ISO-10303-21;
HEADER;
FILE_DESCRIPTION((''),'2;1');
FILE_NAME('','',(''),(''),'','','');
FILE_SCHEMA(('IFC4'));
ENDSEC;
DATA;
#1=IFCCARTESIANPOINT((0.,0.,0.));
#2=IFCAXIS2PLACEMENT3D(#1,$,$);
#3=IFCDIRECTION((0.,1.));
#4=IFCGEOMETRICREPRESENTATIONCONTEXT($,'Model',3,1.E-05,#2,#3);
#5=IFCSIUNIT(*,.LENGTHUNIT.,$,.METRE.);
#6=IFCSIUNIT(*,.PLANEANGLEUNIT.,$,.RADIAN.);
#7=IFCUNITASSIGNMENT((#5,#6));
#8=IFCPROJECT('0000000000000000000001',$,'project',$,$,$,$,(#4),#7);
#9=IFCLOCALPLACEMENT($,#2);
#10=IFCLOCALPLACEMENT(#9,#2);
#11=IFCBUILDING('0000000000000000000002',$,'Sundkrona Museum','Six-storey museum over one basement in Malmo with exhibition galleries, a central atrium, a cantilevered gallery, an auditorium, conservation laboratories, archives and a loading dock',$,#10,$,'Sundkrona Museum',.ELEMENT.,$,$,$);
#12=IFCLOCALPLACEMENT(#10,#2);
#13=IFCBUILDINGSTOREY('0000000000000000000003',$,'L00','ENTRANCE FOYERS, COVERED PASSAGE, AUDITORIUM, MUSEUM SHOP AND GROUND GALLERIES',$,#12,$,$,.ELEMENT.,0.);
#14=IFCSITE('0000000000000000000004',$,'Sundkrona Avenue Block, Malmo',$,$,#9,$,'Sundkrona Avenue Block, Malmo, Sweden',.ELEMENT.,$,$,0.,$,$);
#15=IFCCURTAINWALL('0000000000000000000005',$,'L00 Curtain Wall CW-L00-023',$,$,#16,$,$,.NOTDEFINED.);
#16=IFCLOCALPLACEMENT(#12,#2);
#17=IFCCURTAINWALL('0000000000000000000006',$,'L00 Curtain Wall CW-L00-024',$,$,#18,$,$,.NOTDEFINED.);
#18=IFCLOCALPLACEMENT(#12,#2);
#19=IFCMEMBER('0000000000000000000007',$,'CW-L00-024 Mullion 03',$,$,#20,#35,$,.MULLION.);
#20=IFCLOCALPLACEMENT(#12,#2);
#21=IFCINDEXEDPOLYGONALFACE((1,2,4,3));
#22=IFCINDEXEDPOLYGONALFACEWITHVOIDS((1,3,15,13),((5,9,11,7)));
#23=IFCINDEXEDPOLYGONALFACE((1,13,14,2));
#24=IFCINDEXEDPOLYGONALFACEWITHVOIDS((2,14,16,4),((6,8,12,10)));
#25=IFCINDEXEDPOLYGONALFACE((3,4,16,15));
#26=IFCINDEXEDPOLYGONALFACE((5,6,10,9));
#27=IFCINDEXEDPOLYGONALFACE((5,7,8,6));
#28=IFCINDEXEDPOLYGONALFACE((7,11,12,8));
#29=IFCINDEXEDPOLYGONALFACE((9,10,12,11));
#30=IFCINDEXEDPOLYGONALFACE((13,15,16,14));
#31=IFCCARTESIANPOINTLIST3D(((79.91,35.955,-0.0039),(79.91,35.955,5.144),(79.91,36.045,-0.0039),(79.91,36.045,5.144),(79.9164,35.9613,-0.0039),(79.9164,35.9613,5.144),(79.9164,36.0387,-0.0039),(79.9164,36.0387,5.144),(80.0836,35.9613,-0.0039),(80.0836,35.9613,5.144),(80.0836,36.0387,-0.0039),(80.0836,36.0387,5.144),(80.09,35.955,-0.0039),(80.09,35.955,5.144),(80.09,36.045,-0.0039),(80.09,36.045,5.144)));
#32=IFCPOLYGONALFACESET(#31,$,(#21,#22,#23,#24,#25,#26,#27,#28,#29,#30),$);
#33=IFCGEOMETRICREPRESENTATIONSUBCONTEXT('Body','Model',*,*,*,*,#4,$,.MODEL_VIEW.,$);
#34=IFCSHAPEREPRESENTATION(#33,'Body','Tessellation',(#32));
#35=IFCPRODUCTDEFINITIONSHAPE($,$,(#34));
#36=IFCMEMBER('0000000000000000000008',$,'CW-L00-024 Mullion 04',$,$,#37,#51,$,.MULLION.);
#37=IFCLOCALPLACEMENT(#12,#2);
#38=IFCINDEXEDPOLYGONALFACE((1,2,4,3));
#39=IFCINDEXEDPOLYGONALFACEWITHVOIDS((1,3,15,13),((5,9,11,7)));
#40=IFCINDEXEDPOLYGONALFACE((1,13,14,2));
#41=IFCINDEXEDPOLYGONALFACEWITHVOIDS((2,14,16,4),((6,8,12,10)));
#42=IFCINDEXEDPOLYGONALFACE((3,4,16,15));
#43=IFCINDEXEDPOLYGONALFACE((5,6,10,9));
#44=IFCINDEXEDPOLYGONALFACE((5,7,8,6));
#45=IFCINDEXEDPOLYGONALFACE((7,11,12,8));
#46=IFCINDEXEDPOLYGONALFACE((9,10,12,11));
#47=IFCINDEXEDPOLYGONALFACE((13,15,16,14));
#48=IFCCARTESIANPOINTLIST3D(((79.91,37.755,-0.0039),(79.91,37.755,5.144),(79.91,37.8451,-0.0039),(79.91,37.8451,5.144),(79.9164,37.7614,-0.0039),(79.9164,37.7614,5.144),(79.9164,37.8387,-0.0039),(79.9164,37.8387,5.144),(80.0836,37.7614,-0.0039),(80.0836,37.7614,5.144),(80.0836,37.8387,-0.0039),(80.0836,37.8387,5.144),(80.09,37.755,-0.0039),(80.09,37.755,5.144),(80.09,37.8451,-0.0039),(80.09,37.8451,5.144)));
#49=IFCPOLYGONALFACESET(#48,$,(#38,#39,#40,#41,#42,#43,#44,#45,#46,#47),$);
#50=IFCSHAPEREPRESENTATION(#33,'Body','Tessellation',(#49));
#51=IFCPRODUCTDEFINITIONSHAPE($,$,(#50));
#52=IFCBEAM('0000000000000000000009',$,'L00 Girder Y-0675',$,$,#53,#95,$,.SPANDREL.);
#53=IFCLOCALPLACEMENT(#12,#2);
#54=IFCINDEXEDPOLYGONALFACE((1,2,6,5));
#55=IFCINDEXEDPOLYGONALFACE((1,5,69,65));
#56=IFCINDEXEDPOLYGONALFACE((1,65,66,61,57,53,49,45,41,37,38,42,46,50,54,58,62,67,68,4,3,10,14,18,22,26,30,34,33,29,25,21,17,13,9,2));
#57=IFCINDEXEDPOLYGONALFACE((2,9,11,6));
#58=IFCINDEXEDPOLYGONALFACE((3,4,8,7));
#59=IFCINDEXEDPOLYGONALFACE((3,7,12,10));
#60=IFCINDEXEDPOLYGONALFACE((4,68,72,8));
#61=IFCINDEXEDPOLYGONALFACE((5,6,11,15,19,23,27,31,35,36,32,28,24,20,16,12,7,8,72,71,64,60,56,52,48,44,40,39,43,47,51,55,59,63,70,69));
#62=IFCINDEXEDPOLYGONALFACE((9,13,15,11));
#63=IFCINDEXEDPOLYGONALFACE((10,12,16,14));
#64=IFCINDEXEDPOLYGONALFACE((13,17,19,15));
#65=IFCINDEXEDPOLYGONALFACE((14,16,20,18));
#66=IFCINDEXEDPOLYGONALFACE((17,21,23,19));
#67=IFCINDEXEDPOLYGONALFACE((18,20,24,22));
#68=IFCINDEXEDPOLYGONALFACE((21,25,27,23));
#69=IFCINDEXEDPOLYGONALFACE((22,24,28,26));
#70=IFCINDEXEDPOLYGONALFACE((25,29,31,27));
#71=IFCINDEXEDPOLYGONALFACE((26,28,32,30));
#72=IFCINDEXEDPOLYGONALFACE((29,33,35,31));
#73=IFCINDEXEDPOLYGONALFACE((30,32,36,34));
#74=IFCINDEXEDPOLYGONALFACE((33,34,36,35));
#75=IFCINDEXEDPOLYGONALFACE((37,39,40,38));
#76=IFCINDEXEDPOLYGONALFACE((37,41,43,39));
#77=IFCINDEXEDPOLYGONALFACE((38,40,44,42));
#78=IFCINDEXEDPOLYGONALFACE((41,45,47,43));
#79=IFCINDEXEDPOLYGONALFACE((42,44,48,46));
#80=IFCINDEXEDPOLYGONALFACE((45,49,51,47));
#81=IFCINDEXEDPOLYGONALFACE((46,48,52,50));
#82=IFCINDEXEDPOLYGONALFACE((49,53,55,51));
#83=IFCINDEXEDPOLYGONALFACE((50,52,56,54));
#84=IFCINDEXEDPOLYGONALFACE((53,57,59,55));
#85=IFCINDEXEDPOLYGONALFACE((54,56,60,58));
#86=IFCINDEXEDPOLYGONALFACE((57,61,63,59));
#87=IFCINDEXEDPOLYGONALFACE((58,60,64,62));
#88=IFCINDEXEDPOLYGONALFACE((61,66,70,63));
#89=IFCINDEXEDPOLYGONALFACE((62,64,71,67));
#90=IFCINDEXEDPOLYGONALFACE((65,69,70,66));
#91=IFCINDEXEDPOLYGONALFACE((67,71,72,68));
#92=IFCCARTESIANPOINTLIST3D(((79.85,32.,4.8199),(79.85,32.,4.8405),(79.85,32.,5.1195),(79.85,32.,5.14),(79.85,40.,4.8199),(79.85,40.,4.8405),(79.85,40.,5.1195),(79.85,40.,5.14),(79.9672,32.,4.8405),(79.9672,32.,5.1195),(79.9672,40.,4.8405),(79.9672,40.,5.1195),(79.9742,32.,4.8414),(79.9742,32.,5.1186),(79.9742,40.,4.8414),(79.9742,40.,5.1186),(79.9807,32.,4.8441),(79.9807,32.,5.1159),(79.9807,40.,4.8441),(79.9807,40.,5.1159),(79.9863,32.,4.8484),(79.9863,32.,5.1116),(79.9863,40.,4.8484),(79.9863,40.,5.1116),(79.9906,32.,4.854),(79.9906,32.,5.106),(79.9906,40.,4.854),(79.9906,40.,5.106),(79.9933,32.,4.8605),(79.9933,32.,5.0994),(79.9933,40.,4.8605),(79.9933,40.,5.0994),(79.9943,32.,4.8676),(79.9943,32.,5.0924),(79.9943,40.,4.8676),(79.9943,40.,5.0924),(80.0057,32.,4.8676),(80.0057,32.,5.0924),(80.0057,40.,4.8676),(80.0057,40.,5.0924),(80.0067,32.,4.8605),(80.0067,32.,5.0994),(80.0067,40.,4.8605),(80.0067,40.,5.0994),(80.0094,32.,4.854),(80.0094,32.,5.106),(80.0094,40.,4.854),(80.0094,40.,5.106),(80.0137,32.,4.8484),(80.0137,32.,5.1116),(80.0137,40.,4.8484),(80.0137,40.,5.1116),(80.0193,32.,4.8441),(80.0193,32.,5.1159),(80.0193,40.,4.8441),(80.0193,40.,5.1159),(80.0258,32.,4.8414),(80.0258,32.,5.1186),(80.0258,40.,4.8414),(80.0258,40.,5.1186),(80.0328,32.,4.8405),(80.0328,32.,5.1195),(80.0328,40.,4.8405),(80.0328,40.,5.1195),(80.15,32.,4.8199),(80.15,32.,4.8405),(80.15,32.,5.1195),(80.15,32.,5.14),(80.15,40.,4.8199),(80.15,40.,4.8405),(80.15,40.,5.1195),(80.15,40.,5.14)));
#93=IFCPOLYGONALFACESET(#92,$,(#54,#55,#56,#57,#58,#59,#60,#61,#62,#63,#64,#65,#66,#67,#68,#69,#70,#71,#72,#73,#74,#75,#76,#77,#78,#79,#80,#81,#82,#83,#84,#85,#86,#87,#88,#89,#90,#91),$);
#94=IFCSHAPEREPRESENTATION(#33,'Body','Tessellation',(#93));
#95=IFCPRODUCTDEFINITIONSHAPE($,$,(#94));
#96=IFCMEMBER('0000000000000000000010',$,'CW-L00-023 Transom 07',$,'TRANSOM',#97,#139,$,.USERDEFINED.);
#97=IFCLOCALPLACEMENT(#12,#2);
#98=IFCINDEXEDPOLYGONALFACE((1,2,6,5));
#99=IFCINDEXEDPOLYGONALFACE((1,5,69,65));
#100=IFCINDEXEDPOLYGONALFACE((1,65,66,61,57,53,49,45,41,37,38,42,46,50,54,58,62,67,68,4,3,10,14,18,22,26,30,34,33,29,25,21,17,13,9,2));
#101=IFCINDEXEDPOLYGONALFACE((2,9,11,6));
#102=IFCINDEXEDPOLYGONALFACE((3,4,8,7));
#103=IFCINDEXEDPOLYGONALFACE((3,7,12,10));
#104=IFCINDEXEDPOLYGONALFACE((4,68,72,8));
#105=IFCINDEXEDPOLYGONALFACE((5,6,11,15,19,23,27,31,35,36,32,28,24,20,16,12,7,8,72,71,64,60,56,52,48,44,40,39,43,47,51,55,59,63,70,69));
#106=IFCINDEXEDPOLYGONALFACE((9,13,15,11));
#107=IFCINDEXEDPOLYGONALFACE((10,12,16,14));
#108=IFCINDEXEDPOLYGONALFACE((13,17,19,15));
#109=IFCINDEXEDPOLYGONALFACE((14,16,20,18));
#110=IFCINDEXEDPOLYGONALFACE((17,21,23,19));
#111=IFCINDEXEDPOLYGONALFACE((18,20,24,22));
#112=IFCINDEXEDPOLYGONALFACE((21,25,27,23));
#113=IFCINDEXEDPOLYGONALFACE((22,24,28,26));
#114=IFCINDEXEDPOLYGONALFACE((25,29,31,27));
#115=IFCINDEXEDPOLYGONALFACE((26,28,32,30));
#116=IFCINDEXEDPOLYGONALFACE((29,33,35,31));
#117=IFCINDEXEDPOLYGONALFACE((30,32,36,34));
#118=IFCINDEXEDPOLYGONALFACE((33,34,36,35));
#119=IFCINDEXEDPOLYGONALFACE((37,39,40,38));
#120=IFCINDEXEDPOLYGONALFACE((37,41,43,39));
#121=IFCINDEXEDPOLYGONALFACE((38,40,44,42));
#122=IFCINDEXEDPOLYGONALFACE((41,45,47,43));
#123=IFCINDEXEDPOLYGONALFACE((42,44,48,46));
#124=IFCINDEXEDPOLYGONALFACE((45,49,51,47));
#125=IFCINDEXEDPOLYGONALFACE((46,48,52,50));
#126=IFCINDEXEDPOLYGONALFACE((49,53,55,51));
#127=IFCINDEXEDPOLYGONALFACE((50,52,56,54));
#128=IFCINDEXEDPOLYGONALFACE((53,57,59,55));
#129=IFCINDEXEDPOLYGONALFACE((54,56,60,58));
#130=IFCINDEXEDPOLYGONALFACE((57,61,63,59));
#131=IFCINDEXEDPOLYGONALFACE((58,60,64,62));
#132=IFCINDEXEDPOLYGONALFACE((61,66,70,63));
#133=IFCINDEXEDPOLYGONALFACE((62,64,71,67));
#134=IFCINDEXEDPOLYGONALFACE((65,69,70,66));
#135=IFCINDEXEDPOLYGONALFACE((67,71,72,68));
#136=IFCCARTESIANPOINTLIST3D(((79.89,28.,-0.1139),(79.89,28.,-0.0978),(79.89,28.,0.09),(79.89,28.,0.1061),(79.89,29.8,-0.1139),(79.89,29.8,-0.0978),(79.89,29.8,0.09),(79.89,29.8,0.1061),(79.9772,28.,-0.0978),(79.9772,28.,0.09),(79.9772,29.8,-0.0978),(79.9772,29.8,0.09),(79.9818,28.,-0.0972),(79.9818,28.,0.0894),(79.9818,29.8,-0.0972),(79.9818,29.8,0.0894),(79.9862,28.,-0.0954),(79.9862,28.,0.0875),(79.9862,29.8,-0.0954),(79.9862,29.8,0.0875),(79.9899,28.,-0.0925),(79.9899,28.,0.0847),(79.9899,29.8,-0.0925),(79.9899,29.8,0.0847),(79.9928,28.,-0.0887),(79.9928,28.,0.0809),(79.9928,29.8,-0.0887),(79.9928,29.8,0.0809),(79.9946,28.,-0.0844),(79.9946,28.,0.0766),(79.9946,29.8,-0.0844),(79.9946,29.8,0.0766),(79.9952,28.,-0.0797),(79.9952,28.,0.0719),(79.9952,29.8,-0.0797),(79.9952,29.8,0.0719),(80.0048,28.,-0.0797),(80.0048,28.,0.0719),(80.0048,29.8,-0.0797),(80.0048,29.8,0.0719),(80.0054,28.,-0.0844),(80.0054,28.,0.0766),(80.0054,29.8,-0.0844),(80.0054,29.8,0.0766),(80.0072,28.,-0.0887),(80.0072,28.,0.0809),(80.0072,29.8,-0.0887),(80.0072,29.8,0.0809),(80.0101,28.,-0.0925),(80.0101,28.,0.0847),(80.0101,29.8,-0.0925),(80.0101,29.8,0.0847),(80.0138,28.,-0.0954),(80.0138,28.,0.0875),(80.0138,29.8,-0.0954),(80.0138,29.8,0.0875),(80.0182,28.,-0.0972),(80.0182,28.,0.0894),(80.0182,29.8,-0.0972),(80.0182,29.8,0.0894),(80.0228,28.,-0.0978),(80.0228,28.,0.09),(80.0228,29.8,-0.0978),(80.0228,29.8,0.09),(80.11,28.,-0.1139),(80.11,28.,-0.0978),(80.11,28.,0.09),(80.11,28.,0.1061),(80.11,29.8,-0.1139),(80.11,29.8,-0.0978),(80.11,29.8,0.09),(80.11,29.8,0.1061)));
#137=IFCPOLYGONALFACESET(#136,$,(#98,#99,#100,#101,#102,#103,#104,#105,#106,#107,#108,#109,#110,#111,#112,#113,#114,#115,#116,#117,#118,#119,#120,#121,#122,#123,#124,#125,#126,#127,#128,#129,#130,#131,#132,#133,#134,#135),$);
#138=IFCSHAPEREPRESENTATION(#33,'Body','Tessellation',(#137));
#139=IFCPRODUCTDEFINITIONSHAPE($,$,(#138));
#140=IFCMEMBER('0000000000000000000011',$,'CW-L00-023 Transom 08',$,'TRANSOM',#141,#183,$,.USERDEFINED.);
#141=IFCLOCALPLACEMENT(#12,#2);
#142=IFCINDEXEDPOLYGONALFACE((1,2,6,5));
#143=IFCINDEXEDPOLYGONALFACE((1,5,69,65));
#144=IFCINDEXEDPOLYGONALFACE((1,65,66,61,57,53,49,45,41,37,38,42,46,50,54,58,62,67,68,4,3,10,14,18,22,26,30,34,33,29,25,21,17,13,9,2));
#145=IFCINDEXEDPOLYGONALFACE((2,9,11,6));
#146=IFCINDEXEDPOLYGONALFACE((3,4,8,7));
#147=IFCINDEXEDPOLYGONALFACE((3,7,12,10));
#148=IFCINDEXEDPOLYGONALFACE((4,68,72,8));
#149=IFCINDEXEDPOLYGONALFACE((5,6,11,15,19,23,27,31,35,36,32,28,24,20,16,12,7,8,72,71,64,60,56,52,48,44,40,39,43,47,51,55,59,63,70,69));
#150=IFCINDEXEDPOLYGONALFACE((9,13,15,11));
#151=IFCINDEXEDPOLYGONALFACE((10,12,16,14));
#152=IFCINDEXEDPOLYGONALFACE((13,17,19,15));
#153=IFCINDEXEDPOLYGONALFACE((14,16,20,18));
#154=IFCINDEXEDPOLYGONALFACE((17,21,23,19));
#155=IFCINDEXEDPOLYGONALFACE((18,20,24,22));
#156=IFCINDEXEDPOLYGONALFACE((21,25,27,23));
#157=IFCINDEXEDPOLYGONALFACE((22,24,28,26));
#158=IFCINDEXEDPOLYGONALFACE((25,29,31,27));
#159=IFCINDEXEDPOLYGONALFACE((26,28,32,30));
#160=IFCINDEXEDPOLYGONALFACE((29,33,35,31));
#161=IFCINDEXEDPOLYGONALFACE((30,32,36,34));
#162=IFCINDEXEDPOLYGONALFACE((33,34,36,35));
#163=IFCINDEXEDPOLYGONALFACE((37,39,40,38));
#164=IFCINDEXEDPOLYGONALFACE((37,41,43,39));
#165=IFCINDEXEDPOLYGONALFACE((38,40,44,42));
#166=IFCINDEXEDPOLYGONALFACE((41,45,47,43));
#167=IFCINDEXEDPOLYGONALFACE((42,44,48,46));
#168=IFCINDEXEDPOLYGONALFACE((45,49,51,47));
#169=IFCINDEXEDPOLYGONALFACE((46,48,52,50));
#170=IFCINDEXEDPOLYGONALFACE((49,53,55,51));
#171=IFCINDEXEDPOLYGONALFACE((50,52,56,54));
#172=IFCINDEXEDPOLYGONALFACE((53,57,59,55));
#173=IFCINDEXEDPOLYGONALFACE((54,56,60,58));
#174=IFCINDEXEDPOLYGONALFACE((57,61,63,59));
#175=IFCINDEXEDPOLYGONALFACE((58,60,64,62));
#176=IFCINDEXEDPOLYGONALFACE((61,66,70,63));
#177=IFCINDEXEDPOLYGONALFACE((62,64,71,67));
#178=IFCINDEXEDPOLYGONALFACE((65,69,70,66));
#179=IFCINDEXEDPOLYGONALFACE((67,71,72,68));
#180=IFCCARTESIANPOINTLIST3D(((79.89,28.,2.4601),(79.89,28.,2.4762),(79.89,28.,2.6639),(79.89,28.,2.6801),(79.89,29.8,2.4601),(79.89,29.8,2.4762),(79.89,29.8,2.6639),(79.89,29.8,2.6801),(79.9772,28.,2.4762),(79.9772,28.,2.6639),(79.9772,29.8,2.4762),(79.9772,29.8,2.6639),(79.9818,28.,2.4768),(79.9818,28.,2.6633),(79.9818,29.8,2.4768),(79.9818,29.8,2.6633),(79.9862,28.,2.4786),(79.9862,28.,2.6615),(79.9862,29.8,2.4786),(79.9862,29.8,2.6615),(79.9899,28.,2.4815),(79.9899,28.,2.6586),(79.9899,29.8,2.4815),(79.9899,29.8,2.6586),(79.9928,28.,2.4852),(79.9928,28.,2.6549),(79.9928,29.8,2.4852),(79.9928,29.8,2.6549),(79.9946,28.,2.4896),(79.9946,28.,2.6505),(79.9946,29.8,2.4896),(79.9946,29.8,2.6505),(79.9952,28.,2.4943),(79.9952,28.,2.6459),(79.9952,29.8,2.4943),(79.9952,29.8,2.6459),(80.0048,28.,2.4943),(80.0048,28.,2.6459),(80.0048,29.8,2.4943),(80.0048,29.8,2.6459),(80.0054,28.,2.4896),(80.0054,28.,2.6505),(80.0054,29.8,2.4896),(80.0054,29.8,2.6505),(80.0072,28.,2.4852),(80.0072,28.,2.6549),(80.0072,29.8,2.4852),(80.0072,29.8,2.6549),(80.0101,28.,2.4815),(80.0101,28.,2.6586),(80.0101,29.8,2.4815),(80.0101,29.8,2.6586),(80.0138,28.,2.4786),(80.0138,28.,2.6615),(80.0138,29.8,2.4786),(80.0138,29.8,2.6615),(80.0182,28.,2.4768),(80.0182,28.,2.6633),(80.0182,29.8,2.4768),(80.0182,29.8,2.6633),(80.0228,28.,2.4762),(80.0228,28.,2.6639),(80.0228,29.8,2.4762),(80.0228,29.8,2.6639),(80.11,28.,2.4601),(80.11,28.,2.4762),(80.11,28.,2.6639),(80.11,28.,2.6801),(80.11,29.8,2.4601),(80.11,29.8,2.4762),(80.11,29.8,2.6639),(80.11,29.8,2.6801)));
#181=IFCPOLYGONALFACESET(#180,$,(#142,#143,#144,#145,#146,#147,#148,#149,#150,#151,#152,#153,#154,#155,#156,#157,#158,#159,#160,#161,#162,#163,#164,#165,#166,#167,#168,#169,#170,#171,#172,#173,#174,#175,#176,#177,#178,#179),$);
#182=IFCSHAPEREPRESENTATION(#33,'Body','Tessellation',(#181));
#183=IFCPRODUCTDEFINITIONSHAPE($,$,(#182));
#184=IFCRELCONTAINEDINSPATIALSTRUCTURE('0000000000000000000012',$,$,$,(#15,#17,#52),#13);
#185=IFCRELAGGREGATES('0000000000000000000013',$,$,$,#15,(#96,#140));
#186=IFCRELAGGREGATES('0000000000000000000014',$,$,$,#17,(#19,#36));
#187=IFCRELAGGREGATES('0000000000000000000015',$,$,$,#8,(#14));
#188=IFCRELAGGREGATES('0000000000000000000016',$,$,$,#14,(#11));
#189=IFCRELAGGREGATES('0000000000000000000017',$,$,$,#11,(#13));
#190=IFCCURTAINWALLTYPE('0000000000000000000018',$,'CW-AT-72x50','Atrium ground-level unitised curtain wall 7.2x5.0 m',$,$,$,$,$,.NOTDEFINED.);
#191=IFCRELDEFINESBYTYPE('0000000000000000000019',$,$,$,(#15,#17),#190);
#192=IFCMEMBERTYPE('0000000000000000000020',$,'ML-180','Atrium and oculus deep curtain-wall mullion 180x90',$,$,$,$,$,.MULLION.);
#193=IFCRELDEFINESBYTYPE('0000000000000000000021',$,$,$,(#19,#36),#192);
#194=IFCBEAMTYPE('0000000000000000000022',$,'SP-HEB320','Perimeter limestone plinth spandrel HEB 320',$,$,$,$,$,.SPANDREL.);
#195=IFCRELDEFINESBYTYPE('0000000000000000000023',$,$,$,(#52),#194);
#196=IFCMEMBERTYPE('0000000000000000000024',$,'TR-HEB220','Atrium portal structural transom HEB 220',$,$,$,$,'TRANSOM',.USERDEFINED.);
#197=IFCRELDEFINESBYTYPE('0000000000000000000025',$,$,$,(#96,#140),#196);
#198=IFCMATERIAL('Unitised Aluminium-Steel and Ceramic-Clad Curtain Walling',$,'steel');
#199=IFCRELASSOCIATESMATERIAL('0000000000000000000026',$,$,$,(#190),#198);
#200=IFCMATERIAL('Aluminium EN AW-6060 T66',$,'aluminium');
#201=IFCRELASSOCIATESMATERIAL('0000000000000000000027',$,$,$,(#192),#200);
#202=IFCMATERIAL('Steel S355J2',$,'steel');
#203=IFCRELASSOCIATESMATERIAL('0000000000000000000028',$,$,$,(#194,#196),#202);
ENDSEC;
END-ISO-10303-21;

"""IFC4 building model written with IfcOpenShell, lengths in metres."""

from ifc_helpers import new_model, si_unit, direction, frame, origin, origin_2d, place, context, subcontext, project, spatial, hollow_rectangle, i_section, extrude, material, material_profile, profile_set, type_object, element, aggregate, save


model = new_model("IFC4")

# Units and contexts
model_context = context("Model", 3, precision=1e-05, world=origin(), true_north=direction((0.0, 1.0)))
body_context = subcontext(model_context, "Body", "Model", "MODEL_VIEW")
ifc_project = project(units=[si_unit("LENGTHUNIT", "METRE"), si_unit("PLANEANGLEUNIT", "RADIAN")], contexts=[model_context])

# Site, building, storey
site_placement = place(None, origin())
site = spatial("IfcSite", under=ifc_project, at=site_placement, Name="Sundkrona Avenue Block, Malmo", LongName="Sundkrona Avenue Block, Malmo, Sweden", CompositionType="ELEMENT", RefElevation=0.0)
building_placement = place(site_placement, origin())
building = spatial("IfcBuilding", under=site, at=building_placement, Name="Sundkrona Museum", Description="Six-storey museum over one basement in Malmo with exhibition galleries, a central atrium, a cantilevered gallery, an auditorium, conservation laboratories, archives and a loading dock", LongName="Sundkrona Museum", CompositionType="ELEMENT")
storey_placement = place(building_placement, origin())
storey = spatial("IfcBuildingStorey", under=building, at=storey_placement, Name="L00", Description="ENTRANCE FOYERS, COVERED PASSAGE, AUDITORIUM, MUSEUM SHOP AND GROUND GALLERIES", CompositionType="ELEMENT", Elevation=0.0)

# Shared definitions
ifc_material_1 = material(Name="Steel S355J2", Category="steel")

# Curtain walls, members
ifc_material_2 = material(Name="Unitised Aluminium-Steel and Ceramic-Clad Curtain Walling", Category="steel")
curtain_wall_type = type_object("IfcCurtainWallType", Name="CW-AT-72x50", Description="Atrium ground-level unitised curtain wall 7.2x5.0 m", PredefinedType="NOTDEFINED", material=ifc_material_2)
curtain_wall_1_placement = place(storey_placement, origin())
curtain_wall_1 = element("IfcCurtainWall", 1, at=curtain_wall_1_placement, inside=storey, type_object=curtain_wall_type, Name="L00 Curtain Wall CW-L00-023", PredefinedType="NOTDEFINED")
ifc_material_3 = material(Name="Aluminium EN AW-6060 T66", Category="aluminium")
ifc_material_profile_1 = material_profile(ifc_material_3, hollow_rectangle(XDim=0.0901, YDim=0.1799, WallThickness=0.0063, at=origin_2d()), Name="RHS 180x90x6.3")
ifc_profile_set_1 = profile_set([ifc_material_profile_1], Name="Aluminium EN AW-6060 T66")
member_type_1 = type_object("IfcMemberType", Name="ML-180", Description="Atrium and oculus deep curtain-wall mullion 180x90", PredefinedType="MULLION", material=ifc_profile_set_1)
curtain_wall_2_placement = place(storey_placement, origin())
curtain_wall_2 = element("IfcCurtainWall", 2, at=curtain_wall_2_placement, inside=storey, type_object=curtain_wall_type, Name="L00 Curtain Wall CW-L00-024", PredefinedType="NOTDEFINED")
member_1_placement = place(storey_placement, frame((80.0, 36.0, -0.0039), z_axis=(0.0, 0.0, 1.0), x_axis=(0.0, 1.0, 0.0)))
member_1 = element("IfcMember", 3, at=member_1_placement, type_object=member_type_1, Name="CW-L00-024 Mullion 03", PredefinedType="MULLION", context=body_context, shape_type="SweptSolid", body=[
    extrude(hollow_rectangle(XDim=0.0901, YDim=0.1799, WallThickness=0.0063, at=origin_2d()), origin(), (0.0, 0.0, 1.0), 5.1479),
])
member_2_placement = place(storey_placement, frame((80.0, 37.8, -0.0039), z_axis=(0.0, 0.0, 1.0), x_axis=(0.0, 1.0, 0.0)))
member_2 = element("IfcMember", 4, at=member_2_placement, type_object=member_type_1, Name="CW-L00-024 Mullion 04", PredefinedType="MULLION", context=body_context, shape_type="SweptSolid", body=[
    extrude(hollow_rectangle(XDim=0.0901, YDim=0.1799, WallThickness=0.0063, at=origin_2d()), origin(), (0.0, 0.0, 1.0), 5.1479),
])

# Beam
ifc_material_profile_2 = material_profile(ifc_material_1, i_section(OverallWidth=0.3, OverallDepth=0.3201, WebThickness=0.0115, FlangeThickness=0.0205, FilletRadius=0.0271, at=origin_2d()), Name="HEB 320")
ifc_profile_set_2 = profile_set([ifc_material_profile_2], Name="Steel S355J2")
beam_type_1 = type_object("IfcBeamType", Name="SP-HEB320", Description="Perimeter limestone plinth spandrel HEB 320", PredefinedType="SPANDREL", material=ifc_profile_set_2)
beam_1_placement = place(storey_placement, frame((80.0, 32.0, 4.98), z_axis=(0.0, 1.0, 0.0), x_axis=(-1.0, 0.0, 0.0)))
element("IfcBeam", 5, at=beam_1_placement, inside=storey, type_object=beam_type_1, Name="L00 Girder Y-0675", PredefinedType="SPANDREL", context=body_context, shape_type="SweptSolid", body=[
    extrude(i_section(OverallWidth=0.3, OverallDepth=0.3201, WebThickness=0.0115, FlangeThickness=0.0205, FilletRadius=0.0271, at=origin_2d()), origin(), (0.0, 0.0, 1.0), 8.0),
])

# Members
ifc_material_profile_3 = material_profile(ifc_material_1, i_section(OverallWidth=0.22, OverallDepth=0.22, WebThickness=0.0095, FlangeThickness=0.0161, FilletRadius=0.0181, at=origin_2d()), Name="HEB 220")
ifc_profile_set_3 = profile_set([ifc_material_profile_3], Name="Steel S355J2")
member_type_2 = type_object("IfcMemberType", Name="TR-HEB220", Description="Atrium portal structural transom HEB 220", ElementType="TRANSOM", PredefinedType="USERDEFINED", material=ifc_profile_set_3)
member_3_placement = place(storey_placement, frame((80.0, 28.0, -0.0039), z_axis=(0.0, 1.0, 0.0), x_axis=(-1.0, 0.0, 0.0)))
member_3 = element("IfcMember", 6, at=member_3_placement, type_object=member_type_2, Name="CW-L00-023 Transom 07", ObjectType="TRANSOM", PredefinedType="USERDEFINED", context=body_context, shape_type="SweptSolid", body=[
    extrude(i_section(OverallWidth=0.22, OverallDepth=0.22, WebThickness=0.0095, FlangeThickness=0.0161, FilletRadius=0.0181, at=origin_2d()), origin(), (0.0, 0.0, 1.0), 1.8),
])
member_4_placement = place(storey_placement, frame((80.0, 28.0, 2.5701), z_axis=(0.0, 1.0, 0.0), x_axis=(-1.0, 0.0, 0.0)))
member_4 = element("IfcMember", 7, at=member_4_placement, type_object=member_type_2, Name="CW-L00-023 Transom 08", ObjectType="TRANSOM", PredefinedType="USERDEFINED", context=body_context, shape_type="SweptSolid", body=[
    extrude(i_section(OverallWidth=0.22, OverallDepth=0.22, WebThickness=0.0095, FlangeThickness=0.0161, FilletRadius=0.0181, at=origin_2d()), origin(), (0.0, 0.0, 1.0), 1.8),
])

aggregate(curtain_wall_1, [member_3, member_4])
aggregate(curtain_wall_2, [member_1, member_2])

save(model, "model.ifc")
